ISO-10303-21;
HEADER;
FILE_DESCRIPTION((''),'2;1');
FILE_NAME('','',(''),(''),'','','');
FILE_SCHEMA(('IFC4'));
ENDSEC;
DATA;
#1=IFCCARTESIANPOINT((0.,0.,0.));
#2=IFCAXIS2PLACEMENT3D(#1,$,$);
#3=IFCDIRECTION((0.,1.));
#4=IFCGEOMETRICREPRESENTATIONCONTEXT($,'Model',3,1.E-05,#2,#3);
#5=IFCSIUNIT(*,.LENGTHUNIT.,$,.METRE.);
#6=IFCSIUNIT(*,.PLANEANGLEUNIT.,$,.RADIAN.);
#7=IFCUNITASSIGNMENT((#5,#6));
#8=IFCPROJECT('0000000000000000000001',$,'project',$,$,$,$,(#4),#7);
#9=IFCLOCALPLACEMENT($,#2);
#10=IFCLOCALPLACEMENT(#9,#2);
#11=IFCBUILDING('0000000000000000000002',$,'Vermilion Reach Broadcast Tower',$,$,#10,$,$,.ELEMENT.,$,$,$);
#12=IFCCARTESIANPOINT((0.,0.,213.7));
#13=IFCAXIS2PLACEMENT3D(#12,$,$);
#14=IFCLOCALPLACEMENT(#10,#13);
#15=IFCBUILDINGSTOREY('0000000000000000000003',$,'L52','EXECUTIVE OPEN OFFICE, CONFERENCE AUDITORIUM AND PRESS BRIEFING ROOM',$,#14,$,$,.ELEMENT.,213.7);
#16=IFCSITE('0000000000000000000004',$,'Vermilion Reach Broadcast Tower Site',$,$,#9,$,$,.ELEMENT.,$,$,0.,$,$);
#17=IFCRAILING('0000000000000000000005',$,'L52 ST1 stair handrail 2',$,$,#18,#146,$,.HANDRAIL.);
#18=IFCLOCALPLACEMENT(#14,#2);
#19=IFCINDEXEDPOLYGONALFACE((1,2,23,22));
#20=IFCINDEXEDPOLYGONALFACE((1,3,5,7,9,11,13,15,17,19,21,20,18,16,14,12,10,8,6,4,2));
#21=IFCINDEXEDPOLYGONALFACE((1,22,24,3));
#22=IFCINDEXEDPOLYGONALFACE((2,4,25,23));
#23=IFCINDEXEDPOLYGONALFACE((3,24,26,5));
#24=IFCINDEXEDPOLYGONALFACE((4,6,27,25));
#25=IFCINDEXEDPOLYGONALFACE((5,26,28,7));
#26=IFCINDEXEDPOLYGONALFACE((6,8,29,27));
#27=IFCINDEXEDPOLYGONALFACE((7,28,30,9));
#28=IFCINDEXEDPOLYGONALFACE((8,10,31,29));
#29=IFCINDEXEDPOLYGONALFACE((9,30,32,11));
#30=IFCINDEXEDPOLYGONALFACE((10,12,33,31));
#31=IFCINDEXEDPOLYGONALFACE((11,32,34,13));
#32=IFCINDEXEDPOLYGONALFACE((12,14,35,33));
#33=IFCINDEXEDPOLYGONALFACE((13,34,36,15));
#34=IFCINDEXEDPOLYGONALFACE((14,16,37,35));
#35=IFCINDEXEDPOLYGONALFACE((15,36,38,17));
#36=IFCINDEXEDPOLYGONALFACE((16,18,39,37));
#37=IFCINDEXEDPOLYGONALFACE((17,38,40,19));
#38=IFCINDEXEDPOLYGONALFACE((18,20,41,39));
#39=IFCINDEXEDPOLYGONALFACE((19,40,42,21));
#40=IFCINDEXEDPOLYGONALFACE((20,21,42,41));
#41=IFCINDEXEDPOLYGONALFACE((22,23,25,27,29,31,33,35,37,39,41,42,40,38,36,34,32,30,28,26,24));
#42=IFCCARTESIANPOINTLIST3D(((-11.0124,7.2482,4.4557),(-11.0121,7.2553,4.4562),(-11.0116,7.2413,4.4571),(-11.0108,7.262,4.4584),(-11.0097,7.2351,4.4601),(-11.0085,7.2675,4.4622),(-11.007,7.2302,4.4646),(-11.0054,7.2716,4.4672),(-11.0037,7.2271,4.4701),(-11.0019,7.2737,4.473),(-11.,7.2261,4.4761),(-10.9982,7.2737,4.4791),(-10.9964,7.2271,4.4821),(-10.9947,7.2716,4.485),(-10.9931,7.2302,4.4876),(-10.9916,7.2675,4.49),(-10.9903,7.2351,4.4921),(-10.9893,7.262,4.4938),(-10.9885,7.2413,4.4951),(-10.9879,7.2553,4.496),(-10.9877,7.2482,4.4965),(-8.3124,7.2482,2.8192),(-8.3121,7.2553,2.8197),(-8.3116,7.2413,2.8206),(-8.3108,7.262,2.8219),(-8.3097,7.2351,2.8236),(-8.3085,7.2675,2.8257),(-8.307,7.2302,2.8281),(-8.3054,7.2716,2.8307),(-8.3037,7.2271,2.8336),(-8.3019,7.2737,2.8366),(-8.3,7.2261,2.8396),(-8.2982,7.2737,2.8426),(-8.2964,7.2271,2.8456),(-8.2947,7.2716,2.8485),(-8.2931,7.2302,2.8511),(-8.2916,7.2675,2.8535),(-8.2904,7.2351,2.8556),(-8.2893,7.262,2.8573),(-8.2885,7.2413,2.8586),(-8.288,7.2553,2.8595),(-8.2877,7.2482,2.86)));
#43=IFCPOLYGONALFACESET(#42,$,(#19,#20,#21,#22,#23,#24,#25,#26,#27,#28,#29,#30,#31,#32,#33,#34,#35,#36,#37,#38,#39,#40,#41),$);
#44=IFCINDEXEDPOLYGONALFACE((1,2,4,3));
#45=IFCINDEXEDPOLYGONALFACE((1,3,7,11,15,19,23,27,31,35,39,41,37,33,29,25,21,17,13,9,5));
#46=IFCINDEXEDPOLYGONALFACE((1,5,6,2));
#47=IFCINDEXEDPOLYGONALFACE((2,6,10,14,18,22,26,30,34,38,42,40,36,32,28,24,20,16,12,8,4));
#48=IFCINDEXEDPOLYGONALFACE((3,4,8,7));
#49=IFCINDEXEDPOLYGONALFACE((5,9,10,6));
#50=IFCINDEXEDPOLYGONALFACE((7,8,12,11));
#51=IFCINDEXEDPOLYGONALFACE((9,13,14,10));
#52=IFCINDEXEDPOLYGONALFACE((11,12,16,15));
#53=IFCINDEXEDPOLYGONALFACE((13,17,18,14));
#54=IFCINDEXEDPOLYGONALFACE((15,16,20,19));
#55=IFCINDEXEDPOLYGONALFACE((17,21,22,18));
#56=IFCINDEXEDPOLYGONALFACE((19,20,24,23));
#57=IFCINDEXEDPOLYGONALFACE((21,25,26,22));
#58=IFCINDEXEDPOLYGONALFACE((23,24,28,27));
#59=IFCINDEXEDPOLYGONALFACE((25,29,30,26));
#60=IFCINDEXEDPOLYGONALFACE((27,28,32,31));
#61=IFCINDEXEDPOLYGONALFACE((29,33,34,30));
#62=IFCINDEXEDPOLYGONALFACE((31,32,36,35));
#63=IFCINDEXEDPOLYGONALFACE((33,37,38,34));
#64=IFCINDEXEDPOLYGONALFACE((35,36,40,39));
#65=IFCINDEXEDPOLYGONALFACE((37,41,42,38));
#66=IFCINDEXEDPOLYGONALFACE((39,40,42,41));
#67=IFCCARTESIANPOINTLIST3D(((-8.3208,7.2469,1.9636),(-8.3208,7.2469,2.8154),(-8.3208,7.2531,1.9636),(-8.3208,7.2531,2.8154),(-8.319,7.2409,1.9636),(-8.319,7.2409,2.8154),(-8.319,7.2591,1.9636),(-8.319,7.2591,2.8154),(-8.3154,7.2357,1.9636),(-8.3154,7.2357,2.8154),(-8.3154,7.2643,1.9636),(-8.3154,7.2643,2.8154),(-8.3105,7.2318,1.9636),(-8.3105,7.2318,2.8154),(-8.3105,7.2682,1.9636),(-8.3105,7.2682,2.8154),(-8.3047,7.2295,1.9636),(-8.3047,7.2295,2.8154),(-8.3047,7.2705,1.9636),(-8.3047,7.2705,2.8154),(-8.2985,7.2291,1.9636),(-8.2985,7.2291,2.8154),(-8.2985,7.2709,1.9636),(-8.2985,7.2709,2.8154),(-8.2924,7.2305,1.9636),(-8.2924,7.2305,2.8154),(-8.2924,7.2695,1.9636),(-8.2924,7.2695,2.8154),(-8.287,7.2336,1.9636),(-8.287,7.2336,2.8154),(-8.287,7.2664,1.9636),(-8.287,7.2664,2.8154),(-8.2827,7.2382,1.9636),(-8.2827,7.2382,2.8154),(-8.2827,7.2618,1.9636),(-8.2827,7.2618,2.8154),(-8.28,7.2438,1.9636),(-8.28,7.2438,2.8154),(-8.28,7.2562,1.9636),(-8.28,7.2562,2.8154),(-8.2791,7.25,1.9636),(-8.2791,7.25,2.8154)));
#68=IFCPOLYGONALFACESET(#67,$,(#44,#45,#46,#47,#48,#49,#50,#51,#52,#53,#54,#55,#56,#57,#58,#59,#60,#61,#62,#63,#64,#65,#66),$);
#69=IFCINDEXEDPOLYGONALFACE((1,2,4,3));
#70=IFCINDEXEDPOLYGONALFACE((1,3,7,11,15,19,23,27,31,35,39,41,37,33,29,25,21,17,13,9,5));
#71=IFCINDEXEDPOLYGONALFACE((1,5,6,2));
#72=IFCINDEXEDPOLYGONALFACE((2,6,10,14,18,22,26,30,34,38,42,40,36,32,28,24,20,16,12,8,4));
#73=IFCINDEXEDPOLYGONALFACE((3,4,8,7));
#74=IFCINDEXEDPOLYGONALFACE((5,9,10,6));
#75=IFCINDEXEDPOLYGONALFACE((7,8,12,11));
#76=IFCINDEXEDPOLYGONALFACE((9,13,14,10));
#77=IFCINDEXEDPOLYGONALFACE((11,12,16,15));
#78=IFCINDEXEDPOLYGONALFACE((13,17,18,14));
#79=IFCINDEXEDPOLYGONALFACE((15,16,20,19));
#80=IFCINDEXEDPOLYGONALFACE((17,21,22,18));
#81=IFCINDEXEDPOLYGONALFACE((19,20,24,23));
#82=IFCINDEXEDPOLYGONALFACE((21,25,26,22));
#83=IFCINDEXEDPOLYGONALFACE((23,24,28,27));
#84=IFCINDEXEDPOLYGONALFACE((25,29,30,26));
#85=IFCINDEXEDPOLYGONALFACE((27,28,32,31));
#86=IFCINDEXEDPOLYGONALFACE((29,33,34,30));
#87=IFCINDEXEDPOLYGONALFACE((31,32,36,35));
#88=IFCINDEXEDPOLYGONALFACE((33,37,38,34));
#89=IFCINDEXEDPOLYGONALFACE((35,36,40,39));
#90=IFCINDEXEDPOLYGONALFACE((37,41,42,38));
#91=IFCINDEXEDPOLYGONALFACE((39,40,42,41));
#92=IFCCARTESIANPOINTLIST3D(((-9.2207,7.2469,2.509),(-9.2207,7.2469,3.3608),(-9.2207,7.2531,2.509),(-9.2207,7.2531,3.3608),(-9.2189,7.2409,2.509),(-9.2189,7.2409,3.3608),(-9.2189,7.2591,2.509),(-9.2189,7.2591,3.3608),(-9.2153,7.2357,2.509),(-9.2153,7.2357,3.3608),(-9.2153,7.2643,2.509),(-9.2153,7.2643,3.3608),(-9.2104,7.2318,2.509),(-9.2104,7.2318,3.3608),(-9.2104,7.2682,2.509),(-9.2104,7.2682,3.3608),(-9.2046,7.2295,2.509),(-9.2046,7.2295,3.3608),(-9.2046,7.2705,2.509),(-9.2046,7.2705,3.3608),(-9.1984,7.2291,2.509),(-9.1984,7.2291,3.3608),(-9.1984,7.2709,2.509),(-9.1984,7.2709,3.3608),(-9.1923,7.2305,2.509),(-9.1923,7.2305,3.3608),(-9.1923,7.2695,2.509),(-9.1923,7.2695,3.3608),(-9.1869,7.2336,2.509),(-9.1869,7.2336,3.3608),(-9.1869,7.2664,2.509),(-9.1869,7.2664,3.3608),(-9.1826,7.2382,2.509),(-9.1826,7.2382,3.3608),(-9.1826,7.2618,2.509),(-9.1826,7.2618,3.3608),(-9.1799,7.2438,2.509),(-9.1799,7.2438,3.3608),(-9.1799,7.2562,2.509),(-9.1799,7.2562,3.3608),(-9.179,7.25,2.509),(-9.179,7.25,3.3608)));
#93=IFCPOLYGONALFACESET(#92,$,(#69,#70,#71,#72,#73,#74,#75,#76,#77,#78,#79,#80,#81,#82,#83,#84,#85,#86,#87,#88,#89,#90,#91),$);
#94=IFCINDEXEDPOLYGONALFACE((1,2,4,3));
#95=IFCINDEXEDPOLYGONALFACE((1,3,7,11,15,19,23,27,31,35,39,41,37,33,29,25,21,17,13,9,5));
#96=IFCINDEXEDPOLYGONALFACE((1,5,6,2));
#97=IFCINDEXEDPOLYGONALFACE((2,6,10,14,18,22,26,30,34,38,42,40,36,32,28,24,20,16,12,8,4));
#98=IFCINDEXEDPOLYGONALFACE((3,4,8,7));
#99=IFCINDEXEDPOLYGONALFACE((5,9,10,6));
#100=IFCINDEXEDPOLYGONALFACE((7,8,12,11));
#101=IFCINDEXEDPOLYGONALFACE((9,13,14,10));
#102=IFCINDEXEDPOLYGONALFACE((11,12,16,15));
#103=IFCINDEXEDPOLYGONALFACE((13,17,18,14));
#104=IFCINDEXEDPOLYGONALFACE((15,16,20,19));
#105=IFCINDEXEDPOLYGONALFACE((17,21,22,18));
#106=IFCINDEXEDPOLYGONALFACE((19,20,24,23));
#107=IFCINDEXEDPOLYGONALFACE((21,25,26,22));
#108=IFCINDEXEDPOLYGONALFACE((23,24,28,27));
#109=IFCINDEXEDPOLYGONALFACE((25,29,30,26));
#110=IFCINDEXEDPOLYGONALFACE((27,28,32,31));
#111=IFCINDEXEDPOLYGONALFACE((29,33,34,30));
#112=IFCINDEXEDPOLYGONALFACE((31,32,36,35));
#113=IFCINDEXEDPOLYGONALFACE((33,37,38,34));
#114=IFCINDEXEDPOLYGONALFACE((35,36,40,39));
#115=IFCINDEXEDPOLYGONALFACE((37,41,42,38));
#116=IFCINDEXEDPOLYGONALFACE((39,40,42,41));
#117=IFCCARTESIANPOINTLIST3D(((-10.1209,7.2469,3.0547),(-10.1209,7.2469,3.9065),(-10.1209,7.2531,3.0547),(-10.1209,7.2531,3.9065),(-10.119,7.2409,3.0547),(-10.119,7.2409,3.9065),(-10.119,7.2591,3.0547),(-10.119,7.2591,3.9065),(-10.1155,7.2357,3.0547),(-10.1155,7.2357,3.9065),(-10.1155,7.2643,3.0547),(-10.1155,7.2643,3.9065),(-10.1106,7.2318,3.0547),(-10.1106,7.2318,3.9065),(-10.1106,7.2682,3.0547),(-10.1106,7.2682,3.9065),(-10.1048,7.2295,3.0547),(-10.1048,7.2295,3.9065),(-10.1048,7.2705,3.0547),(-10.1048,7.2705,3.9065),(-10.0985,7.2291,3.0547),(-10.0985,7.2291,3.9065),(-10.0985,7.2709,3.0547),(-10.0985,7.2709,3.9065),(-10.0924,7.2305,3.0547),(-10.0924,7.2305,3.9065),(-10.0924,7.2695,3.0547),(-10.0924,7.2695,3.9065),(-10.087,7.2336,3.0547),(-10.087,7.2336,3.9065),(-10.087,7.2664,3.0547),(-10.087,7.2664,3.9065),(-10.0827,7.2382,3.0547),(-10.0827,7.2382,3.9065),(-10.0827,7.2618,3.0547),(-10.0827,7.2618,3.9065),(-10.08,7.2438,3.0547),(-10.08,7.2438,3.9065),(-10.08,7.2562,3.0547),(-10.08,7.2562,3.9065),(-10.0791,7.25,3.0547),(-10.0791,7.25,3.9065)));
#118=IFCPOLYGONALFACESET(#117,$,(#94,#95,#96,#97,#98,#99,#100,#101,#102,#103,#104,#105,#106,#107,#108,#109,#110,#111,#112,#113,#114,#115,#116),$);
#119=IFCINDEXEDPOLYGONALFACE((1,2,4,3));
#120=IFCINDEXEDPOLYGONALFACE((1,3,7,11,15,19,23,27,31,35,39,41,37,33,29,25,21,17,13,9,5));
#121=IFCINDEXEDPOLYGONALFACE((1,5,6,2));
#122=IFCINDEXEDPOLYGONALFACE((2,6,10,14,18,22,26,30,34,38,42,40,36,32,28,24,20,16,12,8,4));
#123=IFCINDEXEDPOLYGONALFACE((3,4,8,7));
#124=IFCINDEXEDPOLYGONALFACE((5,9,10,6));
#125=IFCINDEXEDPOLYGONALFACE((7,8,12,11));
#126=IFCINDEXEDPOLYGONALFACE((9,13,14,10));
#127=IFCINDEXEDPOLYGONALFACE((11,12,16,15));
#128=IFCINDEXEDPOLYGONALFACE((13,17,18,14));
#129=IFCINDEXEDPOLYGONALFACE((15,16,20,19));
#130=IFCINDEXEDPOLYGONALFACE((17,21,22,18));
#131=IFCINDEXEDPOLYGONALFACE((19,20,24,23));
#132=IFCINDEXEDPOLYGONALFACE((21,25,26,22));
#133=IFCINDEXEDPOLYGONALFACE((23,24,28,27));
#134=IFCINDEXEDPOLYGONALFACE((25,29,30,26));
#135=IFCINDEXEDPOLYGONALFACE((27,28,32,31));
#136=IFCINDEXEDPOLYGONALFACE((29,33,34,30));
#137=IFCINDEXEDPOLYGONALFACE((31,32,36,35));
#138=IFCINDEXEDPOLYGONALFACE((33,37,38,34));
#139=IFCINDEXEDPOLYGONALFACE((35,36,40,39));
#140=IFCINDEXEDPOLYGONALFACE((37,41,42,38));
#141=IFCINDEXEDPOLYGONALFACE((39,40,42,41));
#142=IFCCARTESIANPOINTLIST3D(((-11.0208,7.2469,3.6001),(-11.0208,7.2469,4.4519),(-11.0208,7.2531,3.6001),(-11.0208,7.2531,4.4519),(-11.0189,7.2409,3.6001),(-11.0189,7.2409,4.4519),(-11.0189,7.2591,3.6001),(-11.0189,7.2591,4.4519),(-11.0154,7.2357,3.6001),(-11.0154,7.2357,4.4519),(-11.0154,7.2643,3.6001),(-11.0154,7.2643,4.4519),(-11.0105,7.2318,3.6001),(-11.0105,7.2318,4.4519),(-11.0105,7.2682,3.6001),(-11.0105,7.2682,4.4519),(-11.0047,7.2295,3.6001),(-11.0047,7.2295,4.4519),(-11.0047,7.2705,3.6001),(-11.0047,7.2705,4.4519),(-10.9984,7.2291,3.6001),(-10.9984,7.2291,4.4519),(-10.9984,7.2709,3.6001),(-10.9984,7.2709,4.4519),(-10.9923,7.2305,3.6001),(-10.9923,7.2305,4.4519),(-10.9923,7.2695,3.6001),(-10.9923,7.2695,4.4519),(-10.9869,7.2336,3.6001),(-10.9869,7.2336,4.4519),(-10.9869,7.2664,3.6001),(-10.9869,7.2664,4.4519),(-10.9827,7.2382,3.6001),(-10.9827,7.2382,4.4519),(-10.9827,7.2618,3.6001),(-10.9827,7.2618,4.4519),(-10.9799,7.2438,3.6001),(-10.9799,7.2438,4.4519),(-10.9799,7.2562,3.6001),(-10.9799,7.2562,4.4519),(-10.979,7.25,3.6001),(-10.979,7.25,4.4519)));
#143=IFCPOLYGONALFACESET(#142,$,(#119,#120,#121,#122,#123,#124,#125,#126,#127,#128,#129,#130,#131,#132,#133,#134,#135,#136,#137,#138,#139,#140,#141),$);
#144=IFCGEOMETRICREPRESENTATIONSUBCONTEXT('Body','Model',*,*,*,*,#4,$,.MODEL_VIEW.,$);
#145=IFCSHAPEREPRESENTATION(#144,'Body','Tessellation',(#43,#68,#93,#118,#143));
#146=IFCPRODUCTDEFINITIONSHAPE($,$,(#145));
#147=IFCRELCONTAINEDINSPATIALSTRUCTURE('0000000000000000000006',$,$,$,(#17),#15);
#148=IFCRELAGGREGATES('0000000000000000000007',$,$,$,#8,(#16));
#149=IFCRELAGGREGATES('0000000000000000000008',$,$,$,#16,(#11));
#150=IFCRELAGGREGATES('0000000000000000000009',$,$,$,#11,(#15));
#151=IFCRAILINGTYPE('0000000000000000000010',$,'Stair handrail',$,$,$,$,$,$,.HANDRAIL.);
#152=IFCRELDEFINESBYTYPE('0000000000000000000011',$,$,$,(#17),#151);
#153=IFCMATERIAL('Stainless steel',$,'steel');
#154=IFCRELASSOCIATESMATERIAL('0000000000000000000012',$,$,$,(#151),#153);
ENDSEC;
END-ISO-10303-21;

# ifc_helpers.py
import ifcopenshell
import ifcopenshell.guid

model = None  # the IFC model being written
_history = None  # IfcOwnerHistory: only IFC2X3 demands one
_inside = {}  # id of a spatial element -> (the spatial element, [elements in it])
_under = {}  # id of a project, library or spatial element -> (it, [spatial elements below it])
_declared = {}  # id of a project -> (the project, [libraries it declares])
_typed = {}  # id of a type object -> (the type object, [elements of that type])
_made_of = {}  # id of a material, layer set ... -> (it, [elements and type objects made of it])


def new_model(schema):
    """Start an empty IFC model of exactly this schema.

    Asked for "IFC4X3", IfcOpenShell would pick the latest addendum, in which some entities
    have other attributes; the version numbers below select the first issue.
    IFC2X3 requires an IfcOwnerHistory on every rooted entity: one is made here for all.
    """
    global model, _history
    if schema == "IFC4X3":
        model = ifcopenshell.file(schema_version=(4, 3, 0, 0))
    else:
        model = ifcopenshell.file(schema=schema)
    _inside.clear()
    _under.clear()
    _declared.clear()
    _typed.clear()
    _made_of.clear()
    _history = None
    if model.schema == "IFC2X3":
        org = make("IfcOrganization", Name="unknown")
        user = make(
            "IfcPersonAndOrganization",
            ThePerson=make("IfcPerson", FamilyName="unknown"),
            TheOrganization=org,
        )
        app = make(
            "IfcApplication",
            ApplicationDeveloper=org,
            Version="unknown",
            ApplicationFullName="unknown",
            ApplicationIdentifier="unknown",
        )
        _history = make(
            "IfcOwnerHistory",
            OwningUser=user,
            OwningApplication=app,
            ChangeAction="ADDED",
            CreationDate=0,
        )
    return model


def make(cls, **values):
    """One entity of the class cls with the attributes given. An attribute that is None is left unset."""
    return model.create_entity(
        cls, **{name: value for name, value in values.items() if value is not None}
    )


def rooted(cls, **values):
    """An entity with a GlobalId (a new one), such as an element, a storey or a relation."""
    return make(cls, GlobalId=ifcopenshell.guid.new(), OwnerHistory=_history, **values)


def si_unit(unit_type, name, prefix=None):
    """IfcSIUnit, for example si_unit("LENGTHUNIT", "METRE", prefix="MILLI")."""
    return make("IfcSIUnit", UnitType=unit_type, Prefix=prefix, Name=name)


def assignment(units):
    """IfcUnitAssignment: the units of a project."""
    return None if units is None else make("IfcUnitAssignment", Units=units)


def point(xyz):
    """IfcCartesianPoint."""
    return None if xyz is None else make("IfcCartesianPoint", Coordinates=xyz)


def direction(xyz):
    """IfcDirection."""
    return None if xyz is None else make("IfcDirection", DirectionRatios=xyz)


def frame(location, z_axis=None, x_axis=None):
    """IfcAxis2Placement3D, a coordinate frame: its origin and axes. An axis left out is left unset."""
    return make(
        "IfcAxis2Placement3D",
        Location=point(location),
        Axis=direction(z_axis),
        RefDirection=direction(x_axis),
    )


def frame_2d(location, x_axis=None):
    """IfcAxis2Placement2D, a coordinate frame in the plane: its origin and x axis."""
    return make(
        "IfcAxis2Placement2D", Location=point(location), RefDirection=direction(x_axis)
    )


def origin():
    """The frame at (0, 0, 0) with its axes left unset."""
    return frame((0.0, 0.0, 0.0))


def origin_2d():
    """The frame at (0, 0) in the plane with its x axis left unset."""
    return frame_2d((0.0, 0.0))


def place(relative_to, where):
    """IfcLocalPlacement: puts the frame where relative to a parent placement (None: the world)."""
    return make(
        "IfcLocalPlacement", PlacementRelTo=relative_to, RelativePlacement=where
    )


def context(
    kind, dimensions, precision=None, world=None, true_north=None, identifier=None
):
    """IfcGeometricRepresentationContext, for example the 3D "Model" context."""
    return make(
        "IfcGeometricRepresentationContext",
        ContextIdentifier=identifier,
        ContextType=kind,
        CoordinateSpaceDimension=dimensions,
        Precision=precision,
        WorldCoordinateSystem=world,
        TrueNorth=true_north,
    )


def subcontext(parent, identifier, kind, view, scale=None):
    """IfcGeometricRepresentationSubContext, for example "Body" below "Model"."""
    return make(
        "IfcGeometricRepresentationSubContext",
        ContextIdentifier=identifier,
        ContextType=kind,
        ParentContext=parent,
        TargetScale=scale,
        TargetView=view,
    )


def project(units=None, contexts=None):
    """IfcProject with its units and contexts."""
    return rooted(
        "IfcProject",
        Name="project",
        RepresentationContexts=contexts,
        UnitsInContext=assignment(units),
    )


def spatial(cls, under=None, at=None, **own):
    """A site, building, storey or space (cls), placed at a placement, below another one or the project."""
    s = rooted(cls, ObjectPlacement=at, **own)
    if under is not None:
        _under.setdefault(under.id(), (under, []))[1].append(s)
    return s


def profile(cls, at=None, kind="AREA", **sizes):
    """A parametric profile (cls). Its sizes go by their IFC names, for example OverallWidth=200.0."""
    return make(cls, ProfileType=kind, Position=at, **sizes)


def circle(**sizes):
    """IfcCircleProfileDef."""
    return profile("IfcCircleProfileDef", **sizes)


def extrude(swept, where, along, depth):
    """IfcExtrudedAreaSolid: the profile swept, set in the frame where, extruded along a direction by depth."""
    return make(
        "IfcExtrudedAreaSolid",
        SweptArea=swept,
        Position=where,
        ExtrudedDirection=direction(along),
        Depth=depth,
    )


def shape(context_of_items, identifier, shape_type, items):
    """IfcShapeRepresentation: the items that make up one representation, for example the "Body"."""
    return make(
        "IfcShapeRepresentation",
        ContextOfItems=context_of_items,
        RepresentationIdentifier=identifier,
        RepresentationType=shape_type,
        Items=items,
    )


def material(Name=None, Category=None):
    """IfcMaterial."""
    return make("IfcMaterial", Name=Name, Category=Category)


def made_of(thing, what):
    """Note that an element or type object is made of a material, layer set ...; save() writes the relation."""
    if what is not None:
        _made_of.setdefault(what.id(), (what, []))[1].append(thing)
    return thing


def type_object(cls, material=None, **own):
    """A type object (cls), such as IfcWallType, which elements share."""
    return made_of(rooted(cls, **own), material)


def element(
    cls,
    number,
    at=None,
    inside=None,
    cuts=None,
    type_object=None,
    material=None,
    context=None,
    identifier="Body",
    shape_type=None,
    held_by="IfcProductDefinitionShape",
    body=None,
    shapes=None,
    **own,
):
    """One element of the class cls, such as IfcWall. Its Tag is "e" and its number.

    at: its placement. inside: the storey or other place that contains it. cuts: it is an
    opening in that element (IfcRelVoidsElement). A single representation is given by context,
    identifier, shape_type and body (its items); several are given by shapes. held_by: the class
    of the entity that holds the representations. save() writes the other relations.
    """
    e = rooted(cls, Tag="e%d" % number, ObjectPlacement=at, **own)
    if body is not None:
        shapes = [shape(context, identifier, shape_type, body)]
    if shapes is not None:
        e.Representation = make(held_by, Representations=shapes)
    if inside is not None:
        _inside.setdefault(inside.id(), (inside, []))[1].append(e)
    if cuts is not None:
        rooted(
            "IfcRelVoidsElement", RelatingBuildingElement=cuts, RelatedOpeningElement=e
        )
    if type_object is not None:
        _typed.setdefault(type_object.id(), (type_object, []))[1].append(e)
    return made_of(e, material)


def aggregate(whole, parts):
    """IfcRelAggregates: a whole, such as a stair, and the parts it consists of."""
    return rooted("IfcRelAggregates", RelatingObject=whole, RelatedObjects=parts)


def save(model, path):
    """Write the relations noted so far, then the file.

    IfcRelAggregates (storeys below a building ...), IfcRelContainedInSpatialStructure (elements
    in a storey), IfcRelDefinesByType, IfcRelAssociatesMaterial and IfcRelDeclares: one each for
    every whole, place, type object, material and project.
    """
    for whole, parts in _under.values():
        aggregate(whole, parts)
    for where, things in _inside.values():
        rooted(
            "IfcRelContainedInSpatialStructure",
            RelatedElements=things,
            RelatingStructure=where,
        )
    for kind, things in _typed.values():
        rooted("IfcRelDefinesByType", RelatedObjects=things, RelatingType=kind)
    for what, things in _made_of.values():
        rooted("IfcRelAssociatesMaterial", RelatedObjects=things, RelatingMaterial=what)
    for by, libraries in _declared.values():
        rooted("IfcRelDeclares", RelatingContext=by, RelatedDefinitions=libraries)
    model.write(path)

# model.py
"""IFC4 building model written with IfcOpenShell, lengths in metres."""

from ifc_helpers import new_model, si_unit, direction, frame, origin, origin_2d, place, context, subcontext, project, spatial, circle, extrude, material, type_object, element, save


model = new_model("IFC4")

# Units and contexts
model_context = context("Model", 3, precision=1e-05, world=origin(), true_north=direction((0.0, 1.0)))
body_context = subcontext(model_context, "Body", "Model", "MODEL_VIEW")
ifc_project = project(units=[si_unit("LENGTHUNIT", "METRE"), si_unit("PLANEANGLEUNIT", "RADIAN")], contexts=[model_context])

# Site, building, storey
site_placement = place(None, origin())
site = spatial("IfcSite", under=ifc_project, at=site_placement, Name="Vermilion Reach Broadcast Tower Site", CompositionType="ELEMENT", RefElevation=0.0)
building_placement = place(site_placement, origin())
building = spatial("IfcBuilding", under=site, at=building_placement, Name="Vermilion Reach Broadcast Tower", CompositionType="ELEMENT")
storey_placement = place(building_placement, frame((0.0, 0.0, 213.7)))
storey = spatial("IfcBuildingStorey", under=building, at=storey_placement, Name="L52", Description="EXECUTIVE OPEN OFFICE, CONFERENCE AUDITORIUM AND PRESS BRIEFING ROOM", CompositionType="ELEMENT", Elevation=213.7)

# Railing
ifc_material_1 = material(Name="Stainless steel", Category="steel")
railing_type_1 = type_object("IfcRailingType", Name="Stair handrail", PredefinedType="HANDRAIL", material=ifc_material_1)
railing_1_placement = place(storey_placement, frame((-8.3, 7.25, 1.9636)))
element("IfcRailing", 1, at=railing_1_placement, inside=storey, type_object=railing_type_1, Name="L52 ST1 stair handrail 2", PredefinedType="HANDRAIL", context=body_context, shape_type="SweptSolid", body=[
    extrude(circle(Radius=0.0239, at=origin_2d()), frame((0.0, 0.0, 0.876), z_axis=(-0.855178, 0.0, 0.518334), x_axis=(0.0, -1.0, 0.0)), (0.0, 0.0, 1.0), 3.1572),
    extrude(circle(Radius=0.021, at=origin_2d()), origin(), (0.0, 0.0, 1.0), 0.8518),
    extrude(circle(Radius=0.021, at=origin_2d()), frame((-0.8999, 0.0, 0.5454)), (0.0, 0.0, 1.0), 0.8518),
    extrude(circle(Radius=0.021, at=origin_2d()), frame((-1.8, 0.0, 1.0911)), (0.0, 0.0, 1.0), 0.8518),
    extrude(circle(Radius=0.021, at=origin_2d()), frame((-2.7, 0.0, 1.6365)), (0.0, 0.0, 1.0), 0.8518),
])

save(model, "model.ifc")
